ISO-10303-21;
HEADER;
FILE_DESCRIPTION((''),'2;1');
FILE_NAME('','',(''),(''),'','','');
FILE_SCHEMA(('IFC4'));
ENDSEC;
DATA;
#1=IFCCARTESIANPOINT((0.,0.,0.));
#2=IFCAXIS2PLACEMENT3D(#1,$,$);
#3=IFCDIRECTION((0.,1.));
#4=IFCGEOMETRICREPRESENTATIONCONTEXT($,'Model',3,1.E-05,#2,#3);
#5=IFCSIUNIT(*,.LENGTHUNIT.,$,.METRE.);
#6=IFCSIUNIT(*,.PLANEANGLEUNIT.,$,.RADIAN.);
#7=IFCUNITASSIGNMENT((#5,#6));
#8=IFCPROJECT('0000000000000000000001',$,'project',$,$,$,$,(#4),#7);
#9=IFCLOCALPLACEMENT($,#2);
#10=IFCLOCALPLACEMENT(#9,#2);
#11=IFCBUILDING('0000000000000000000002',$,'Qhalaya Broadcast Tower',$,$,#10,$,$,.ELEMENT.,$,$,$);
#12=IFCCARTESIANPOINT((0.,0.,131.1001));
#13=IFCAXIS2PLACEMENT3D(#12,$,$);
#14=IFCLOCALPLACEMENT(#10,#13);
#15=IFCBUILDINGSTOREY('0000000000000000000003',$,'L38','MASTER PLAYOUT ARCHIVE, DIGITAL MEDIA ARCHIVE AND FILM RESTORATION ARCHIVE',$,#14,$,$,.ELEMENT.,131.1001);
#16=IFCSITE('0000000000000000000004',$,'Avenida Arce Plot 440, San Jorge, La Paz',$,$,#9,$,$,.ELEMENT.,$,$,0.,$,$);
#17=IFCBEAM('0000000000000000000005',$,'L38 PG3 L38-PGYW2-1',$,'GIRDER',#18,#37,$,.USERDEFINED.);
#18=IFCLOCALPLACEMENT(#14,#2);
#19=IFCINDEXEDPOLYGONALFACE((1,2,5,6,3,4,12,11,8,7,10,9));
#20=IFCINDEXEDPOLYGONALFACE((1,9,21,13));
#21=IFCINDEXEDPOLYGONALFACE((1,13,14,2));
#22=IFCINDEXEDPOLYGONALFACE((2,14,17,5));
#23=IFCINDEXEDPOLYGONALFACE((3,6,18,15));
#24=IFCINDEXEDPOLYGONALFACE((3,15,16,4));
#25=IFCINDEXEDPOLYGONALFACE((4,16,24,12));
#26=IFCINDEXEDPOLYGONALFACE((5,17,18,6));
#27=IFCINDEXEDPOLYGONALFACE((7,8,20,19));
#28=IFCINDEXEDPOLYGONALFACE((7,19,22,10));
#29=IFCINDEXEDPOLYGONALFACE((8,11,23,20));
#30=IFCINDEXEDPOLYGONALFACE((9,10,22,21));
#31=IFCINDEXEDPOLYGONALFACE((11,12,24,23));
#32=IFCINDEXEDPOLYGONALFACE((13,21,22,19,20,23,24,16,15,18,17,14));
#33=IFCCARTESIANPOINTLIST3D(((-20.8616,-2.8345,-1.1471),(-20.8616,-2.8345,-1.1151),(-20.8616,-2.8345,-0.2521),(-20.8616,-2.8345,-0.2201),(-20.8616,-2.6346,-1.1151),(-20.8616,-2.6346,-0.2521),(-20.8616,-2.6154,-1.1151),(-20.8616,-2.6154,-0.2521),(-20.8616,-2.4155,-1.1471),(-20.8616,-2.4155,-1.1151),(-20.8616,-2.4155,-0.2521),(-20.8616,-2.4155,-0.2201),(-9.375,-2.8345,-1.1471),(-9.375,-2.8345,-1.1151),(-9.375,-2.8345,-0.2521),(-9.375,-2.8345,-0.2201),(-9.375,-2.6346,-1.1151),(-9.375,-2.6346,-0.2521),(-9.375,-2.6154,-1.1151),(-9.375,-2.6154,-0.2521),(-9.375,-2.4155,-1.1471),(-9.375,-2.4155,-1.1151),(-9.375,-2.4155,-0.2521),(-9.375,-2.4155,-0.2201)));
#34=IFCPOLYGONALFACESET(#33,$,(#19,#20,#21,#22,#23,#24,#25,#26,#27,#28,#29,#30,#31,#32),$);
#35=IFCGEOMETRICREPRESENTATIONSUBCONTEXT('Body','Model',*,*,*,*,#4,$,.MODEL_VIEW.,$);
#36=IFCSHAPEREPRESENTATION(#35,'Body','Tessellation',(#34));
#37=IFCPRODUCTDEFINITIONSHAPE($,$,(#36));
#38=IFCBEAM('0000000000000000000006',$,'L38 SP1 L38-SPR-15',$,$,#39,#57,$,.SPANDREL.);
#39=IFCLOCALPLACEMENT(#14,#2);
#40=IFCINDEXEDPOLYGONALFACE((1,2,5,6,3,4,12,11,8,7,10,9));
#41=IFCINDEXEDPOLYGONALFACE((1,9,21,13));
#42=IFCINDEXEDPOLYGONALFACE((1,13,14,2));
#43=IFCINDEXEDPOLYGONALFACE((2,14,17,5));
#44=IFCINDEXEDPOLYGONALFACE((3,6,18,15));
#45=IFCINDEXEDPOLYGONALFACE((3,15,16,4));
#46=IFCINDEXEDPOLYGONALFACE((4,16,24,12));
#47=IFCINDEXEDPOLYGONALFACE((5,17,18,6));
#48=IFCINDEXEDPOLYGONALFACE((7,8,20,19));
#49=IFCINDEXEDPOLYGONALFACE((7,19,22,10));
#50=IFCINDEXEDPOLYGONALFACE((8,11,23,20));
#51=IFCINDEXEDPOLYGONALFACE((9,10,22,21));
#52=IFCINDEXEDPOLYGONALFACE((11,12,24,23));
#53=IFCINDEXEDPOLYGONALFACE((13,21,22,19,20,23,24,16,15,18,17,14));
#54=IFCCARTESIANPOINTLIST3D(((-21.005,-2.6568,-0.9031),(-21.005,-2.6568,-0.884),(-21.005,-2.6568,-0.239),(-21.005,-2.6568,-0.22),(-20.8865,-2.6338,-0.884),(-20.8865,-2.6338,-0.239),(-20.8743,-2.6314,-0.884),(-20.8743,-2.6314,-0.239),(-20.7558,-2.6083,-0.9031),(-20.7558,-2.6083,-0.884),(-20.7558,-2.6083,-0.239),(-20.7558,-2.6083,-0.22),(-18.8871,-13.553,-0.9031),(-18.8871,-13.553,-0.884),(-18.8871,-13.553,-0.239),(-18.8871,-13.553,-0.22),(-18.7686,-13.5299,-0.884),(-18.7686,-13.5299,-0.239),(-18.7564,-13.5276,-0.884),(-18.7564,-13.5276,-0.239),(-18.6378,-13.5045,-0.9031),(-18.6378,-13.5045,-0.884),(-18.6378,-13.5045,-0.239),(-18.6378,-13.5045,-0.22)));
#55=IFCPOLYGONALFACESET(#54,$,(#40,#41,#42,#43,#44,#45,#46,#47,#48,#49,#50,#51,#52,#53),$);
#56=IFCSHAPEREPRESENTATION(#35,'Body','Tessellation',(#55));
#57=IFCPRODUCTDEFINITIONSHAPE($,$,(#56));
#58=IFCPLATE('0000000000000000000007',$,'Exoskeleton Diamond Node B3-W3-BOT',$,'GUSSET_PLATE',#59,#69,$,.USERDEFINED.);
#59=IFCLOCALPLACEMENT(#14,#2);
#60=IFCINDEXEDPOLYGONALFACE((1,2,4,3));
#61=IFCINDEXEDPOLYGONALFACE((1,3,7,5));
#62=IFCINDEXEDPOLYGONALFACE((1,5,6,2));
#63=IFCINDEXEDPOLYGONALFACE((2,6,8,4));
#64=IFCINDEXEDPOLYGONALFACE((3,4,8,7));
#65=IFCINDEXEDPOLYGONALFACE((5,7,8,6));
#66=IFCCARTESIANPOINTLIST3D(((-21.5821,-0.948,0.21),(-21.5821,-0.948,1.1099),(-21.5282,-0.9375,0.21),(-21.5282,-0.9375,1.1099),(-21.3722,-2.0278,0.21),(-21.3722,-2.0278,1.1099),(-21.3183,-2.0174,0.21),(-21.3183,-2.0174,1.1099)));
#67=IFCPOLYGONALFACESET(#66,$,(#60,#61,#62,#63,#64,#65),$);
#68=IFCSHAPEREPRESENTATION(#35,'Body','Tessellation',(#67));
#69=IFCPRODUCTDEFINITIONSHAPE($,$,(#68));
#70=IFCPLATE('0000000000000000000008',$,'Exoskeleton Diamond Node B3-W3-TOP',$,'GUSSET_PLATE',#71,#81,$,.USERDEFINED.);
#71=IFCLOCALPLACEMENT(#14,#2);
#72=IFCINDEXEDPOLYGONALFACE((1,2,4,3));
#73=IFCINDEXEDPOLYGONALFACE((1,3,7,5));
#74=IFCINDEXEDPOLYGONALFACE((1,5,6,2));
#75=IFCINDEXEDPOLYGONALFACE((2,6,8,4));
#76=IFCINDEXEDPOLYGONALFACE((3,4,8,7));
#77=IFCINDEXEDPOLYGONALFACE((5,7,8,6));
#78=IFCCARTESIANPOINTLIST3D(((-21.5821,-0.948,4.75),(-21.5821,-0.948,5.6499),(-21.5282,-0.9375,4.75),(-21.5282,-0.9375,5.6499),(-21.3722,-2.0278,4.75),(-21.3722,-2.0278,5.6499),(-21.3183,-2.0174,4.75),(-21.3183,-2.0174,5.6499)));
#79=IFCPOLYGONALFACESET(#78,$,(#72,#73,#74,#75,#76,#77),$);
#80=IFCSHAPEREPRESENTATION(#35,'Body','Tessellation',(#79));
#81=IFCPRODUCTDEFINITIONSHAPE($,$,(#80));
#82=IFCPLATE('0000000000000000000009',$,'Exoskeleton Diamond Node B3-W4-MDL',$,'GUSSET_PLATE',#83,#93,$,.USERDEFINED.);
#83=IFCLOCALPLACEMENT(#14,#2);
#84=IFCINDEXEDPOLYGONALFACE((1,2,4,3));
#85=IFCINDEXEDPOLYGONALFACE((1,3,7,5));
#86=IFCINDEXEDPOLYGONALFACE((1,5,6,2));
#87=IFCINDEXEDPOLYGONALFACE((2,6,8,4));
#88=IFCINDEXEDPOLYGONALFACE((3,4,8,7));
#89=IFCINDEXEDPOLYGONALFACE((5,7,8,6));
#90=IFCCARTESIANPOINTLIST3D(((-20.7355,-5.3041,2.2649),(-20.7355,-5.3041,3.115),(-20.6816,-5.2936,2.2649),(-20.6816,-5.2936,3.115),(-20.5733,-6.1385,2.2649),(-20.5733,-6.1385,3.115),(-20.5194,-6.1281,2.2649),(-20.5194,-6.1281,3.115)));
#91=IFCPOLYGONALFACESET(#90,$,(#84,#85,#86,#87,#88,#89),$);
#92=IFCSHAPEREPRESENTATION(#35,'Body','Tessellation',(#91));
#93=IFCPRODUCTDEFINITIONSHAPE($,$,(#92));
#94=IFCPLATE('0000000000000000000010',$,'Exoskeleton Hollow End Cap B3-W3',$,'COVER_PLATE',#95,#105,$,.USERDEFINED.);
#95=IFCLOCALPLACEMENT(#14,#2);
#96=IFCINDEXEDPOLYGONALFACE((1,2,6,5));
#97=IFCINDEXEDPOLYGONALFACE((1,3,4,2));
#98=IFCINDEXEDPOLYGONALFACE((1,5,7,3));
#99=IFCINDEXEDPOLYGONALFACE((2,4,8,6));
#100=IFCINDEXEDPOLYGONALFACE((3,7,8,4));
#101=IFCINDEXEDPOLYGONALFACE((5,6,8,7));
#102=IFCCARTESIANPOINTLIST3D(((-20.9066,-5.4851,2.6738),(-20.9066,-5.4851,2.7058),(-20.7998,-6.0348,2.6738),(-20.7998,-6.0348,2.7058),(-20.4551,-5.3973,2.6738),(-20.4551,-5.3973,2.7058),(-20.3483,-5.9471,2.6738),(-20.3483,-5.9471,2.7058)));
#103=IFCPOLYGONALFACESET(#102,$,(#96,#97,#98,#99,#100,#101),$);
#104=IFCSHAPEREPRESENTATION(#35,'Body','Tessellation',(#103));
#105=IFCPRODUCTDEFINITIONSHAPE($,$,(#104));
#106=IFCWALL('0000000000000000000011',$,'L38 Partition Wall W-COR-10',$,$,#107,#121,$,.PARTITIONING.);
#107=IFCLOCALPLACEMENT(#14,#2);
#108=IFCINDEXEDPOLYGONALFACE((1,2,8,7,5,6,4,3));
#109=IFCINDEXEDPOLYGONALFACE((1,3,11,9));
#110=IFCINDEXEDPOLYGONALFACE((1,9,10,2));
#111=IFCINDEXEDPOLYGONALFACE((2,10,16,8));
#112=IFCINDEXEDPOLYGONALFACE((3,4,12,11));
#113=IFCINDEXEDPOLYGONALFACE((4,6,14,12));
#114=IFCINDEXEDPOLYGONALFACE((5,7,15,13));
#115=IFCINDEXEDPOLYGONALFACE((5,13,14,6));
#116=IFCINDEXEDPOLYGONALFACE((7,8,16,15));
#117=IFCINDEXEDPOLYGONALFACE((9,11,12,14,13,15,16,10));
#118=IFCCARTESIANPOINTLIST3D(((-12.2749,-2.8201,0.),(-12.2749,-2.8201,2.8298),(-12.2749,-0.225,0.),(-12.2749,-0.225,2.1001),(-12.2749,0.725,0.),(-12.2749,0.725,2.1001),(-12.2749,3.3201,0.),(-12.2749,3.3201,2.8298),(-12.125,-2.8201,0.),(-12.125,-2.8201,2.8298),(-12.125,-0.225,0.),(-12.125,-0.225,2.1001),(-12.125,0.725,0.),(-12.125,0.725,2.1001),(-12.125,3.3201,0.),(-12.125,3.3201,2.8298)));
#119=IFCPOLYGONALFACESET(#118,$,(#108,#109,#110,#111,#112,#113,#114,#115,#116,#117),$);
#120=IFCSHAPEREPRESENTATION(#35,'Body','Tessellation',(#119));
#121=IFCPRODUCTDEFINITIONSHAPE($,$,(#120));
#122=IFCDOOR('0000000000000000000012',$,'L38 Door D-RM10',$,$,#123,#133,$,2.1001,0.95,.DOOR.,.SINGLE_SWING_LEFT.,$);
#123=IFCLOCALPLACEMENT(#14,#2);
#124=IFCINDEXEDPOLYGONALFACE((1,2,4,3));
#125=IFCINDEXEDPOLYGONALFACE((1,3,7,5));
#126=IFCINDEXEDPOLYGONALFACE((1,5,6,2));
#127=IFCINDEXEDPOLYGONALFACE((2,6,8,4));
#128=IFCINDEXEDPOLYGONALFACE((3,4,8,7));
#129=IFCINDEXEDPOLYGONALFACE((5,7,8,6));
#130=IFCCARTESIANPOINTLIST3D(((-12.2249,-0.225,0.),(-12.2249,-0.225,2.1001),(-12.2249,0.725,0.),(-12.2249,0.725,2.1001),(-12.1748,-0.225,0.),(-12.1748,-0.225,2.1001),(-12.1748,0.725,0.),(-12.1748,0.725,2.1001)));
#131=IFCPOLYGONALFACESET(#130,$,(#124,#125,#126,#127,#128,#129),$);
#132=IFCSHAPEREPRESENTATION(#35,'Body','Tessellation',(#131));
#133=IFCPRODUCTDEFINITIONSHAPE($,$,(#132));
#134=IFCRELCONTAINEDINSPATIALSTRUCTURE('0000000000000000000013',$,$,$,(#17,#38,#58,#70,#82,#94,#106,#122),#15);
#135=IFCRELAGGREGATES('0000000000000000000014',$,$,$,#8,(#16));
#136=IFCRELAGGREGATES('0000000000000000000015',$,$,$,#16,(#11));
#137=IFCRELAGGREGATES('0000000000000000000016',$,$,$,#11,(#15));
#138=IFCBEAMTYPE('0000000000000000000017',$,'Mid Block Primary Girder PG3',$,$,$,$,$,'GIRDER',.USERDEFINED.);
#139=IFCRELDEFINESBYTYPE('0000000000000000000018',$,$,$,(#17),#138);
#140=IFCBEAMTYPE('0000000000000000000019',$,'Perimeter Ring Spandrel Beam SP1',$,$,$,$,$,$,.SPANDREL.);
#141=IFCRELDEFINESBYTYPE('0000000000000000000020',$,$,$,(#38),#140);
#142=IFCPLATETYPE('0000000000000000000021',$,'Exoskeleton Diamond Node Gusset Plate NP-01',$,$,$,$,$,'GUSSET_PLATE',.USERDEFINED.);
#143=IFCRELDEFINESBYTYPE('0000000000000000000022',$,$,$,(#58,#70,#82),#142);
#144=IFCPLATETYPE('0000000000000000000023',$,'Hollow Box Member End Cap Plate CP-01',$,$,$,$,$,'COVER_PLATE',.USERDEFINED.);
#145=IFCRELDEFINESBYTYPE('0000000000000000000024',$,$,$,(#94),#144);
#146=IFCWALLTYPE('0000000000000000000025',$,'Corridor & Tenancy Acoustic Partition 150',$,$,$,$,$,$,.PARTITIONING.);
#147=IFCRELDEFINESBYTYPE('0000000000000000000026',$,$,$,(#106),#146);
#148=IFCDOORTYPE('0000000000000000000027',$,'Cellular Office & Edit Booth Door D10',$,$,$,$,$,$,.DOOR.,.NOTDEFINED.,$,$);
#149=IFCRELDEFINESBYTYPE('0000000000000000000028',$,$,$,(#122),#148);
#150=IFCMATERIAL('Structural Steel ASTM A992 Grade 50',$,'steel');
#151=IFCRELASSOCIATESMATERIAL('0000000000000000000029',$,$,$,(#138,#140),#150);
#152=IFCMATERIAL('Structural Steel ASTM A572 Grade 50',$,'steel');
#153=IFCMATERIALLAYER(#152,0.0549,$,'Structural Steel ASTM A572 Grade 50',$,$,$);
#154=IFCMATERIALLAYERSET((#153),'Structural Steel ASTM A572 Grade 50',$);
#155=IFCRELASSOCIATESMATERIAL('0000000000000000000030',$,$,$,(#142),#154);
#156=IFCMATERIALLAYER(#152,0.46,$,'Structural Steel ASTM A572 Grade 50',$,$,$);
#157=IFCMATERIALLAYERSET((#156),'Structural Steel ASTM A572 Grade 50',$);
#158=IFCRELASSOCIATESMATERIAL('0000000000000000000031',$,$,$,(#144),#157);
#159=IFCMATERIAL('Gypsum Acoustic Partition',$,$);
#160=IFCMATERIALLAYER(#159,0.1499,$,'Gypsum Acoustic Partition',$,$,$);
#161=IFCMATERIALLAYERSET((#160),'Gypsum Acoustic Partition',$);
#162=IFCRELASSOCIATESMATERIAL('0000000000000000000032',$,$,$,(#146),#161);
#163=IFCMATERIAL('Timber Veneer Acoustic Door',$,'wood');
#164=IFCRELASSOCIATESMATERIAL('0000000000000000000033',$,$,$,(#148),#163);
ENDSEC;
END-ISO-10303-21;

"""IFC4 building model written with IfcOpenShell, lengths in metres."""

from ifc_helpers import new_model, si_unit, direction, frame, frame_2d, origin, origin_2d, place, context, subcontext, project, spatial, rectangle, i_section, extrude, material, layer, layer_set, material_profile, profile_set, type_object, element, fill, save


model = new_model("IFC4")

# Units and contexts
model_context = context("Model", 3, precision=1e-05, world=origin(), true_north=direction((0.0, 1.0)))
body_context = subcontext(model_context, "Body", "Model", "MODEL_VIEW")
ifc_project = project(units=[si_unit("LENGTHUNIT", "METRE"), si_unit("PLANEANGLEUNIT", "RADIAN")], contexts=[model_context])

# Site, building, storey
site_placement = place(None, origin())
site = spatial("IfcSite", under=ifc_project, at=site_placement, Name="Avenida Arce Plot 440, San Jorge, La Paz", CompositionType="ELEMENT", RefElevation=0.0)
building_placement = place(site_placement, origin())
building = spatial("IfcBuilding", under=site, at=building_placement, Name="Qhalaya Broadcast Tower", CompositionType="ELEMENT")
storey_placement = place(building_placement, frame((0.0, 0.0, 131.1001)))
storey = spatial("IfcBuildingStorey", under=building, at=storey_placement, Name="L38", Description="MASTER PLAYOUT ARCHIVE, DIGITAL MEDIA ARCHIVE AND FILM RESTORATION ARCHIVE", CompositionType="ELEMENT", Elevation=131.1001)

# Shared definitions
ifc_material_1 = material(Name="Structural Steel ASTM A572 Grade 50", Category="steel")

# Shared definitions
ifc_material_2 = material(Name="Structural Steel ASTM A992 Grade 50", Category="steel")

# Beams
ifc_material_profile_1 = material_profile(ifc_material_2, i_section(OverallWidth=0.4189, OverallDepth=0.927, WebThickness=0.0193, FlangeThickness=0.032, at=origin_2d()), Name="W36X231")
ifc_profile_set_1 = profile_set([ifc_material_profile_1], Name="Structural Steel ASTM A992 Grade 50")
beam_type_1 = type_object("IfcBeamType", Name="Mid Block Primary Girder PG3", ElementType="GIRDER", PredefinedType="USERDEFINED", material=ifc_profile_set_1)
beam_1_placement = place(storey_placement, frame((-20.8616, -2.625, -0.6836), z_axis=(1.0, 0.0, 0.0), x_axis=(0.0, 1.0, 0.0)))
element("IfcBeam", 1, at=beam_1_placement, inside=storey, type_object=beam_type_1, Name="L38 PG3 L38-PGYW2-1", ObjectType="GIRDER", PredefinedType="USERDEFINED", context=body_context, shape_type="SweptSolid", body=[
    extrude(i_section(OverallWidth=0.4189, OverallDepth=0.927, WebThickness=0.0193, FlangeThickness=0.032, at=origin_2d()), origin(), (0.0, 0.0, 1.0), 11.4866),
])
ifc_material_profile_2 = material_profile(ifc_material_2, i_section(OverallWidth=0.2539, OverallDepth=0.6831, WebThickness=0.0125, FlangeThickness=0.019, at=origin_2d()), Name="W27X94")
ifc_profile_set_2 = profile_set([ifc_material_profile_2], Name="Structural Steel ASTM A992 Grade 50")
beam_type_2 = type_object("IfcBeamType", Name="Perimeter Ring Spandrel Beam SP1", PredefinedType="SPANDREL", material=ifc_profile_set_2)
beam_2_placement = place(storey_placement, frame((-20.8804, -2.6326, -0.5615), z_axis=(0.190801, -0.981629, 0.0), x_axis=(0.981629, 0.190801, 0.0)))
element("IfcBeam", 2, at=beam_2_placement, inside=storey, type_object=beam_type_2, Name="L38 SP1 L38-SPR-15", PredefinedType="SPANDREL", context=body_context, shape_type="SweptSolid", body=[
    extrude(i_section(OverallWidth=0.2539, OverallDepth=0.6831, WebThickness=0.0125, FlangeThickness=0.019, at=origin_2d()), origin(), (0.0, 0.0, 1.0), 11.1001),
])

# Plates
ifc_layer_1 = layer(ifc_material_1, 0.0549, Name="Structural Steel ASTM A572 Grade 50")
ifc_layer_set_1 = layer_set([ifc_layer_1], Name="Structural Steel ASTM A572 Grade 50")
plate_type_1 = type_object("IfcPlateType", Name="Exoskeleton Diamond Node Gusset Plate NP-01", ElementType="GUSSET_PLATE", PredefinedType="USERDEFINED", material=ifc_layer_set_1)
for number, where, z_axis, x_axis, name in (
    (3, (-21.4502, -1.4827, 0.21), (0.0, 0.0, 1.0), (-0.190809, 0.981627, 0.0), "Exoskeleton Diamond Node B3-W3-BOT"),
    (4, (-21.4502, -1.4827, 4.75), (0.0, 0.0, 1.0), (-0.190809, 0.981627, 0.0), "Exoskeleton Diamond Node B3-W3-TOP"),
):
    element("IfcPlate", number, at=place(storey_placement, frame(where, z_axis=z_axis, x_axis=x_axis)), inside=storey, type_object=plate_type_1, Name=name, ObjectType="GUSSET_PLATE", PredefinedType="USERDEFINED", context=body_context, shape_type="SweptSolid", body=[
        extrude(rectangle(XDim=1.1001, YDim=0.0549, at=origin_2d()), origin(), (0.0, 0.0, 1.0), 0.8999),
    ])
plate_1_placement = place(storey_placement, frame((-20.6274, -5.7161, 2.2649), z_axis=(0.0, 0.0, 1.0), x_axis=(-0.190809, 0.981627, 0.0)))
element("IfcPlate", 5, at=plate_1_placement, inside=storey, type_object=plate_type_1, Name="Exoskeleton Diamond Node B3-W4-MDL", ObjectType="GUSSET_PLATE", PredefinedType="USERDEFINED", context=body_context, shape_type="SweptSolid", body=[
    extrude(rectangle(XDim=0.8501, YDim=0.0549, at=origin_2d()), origin(), (0.0, 0.0, 1.0), 0.8501),
])
ifc_layer_2 = layer(ifc_material_1, 0.46, Name="Structural Steel ASTM A572 Grade 50")
ifc_layer_set_2 = layer_set([ifc_layer_2], Name="Structural Steel ASTM A572 Grade 50")
plate_type_2 = type_object("IfcPlateType", Name="Hollow Box Member End Cap Plate CP-01", ElementType="COVER_PLATE", PredefinedType="USERDEFINED", material=ifc_layer_set_2)
plate_2_placement = place(storey_placement, frame((-20.6274, -5.7161, 2.6738), z_axis=(0.0, 0.0, 1.0), x_axis=(-0.190809, 0.981627, 0.0)))
element("IfcPlate", 6, at=plate_2_placement, inside=storey, type_object=plate_type_2, Name="Exoskeleton Hollow End Cap B3-W3", ObjectType="COVER_PLATE", PredefinedType="USERDEFINED", context=body_context, shape_type="SweptSolid", body=[
    extrude(rectangle(XDim=0.5601, YDim=0.46, at=origin_2d()), origin(), (0.0, 0.0, 1.0), 0.032),
])

# Wall, opening, door
ifc_material_3 = material(Name="Gypsum Acoustic Partition")
ifc_layer_3 = layer(ifc_material_3, 0.1499, Name="Gypsum Acoustic Partition")
ifc_layer_set_3 = layer_set([ifc_layer_3], Name="Gypsum Acoustic Partition")
wall_type_1 = type_object("IfcWallType", Name="Corridor & Tenancy Acoustic Partition 150", PredefinedType="PARTITIONING", material=ifc_layer_set_3)
wall_1_placement = place(storey_placement, frame((-12.2, -2.8201, 0.0), z_axis=(0.0, 0.0, 1.0), x_axis=(0.0, 1.0, 0.0)))
wall_1 = element("IfcWall", 7, at=wall_1_placement, inside=storey, type_object=wall_type_1, Name="L38 Partition Wall W-COR-10", PredefinedType="PARTITIONING", context=body_context, shape_type="SweptSolid", body=[
    extrude(rectangle(XDim=6.1401, YDim=0.1499, at=frame_2d((3.0701, 0.0))), origin(), (0.0, 0.0, 1.0), 2.8298),
])
opening_1_placement = place(wall_1_placement, frame((2.595, 0.0, 0.0)))
opening_1 = element("IfcOpeningElement", 8, at=opening_1_placement, cuts=wall_1, PredefinedType="OPENING", context=body_context, shape_type="SweptSolid", body=[
    extrude(rectangle(XDim=0.95, YDim=2.1001, at=frame_2d((0.4751, 1.05))), frame((0.0, 0.0869, 0.0), z_axis=(0.0, -1.0, 0.0), x_axis=(1.0, 0.0, 0.0)), (0.0, 0.0, 1.0), 0.1738),
])
ifc_material_4 = material(Name="Timber Veneer Acoustic Door", Category="wood")
door_type_1 = type_object("IfcDoorType", Name="Cellular Office & Edit Booth Door D10", OperationType="NOTDEFINED", PredefinedType="DOOR", material=ifc_material_4)
door_1_placement = place(opening_1_placement, origin())
door_1 = element("IfcDoor", 9, at=door_1_placement, inside=storey, type_object=door_type_1, Name="L38 Door D-RM10", OperationType="SINGLE_SWING_LEFT", OverallHeight=2.1001, OverallWidth=0.95, PredefinedType="DOOR", context=body_context, shape_type="SweptSolid", body=[
    extrude(rectangle(XDim=0.95, YDim=2.1001, at=frame_2d((0.4751, 1.05))), frame((0.0, 0.0249, 0.0), z_axis=(0.0, -1.0, 0.0), x_axis=(1.0, 0.0, 0.0)), (0.0, 0.0, 1.0), 0.05),
])
fill(opening_1, door_1)

save(model, "model.ifc")
